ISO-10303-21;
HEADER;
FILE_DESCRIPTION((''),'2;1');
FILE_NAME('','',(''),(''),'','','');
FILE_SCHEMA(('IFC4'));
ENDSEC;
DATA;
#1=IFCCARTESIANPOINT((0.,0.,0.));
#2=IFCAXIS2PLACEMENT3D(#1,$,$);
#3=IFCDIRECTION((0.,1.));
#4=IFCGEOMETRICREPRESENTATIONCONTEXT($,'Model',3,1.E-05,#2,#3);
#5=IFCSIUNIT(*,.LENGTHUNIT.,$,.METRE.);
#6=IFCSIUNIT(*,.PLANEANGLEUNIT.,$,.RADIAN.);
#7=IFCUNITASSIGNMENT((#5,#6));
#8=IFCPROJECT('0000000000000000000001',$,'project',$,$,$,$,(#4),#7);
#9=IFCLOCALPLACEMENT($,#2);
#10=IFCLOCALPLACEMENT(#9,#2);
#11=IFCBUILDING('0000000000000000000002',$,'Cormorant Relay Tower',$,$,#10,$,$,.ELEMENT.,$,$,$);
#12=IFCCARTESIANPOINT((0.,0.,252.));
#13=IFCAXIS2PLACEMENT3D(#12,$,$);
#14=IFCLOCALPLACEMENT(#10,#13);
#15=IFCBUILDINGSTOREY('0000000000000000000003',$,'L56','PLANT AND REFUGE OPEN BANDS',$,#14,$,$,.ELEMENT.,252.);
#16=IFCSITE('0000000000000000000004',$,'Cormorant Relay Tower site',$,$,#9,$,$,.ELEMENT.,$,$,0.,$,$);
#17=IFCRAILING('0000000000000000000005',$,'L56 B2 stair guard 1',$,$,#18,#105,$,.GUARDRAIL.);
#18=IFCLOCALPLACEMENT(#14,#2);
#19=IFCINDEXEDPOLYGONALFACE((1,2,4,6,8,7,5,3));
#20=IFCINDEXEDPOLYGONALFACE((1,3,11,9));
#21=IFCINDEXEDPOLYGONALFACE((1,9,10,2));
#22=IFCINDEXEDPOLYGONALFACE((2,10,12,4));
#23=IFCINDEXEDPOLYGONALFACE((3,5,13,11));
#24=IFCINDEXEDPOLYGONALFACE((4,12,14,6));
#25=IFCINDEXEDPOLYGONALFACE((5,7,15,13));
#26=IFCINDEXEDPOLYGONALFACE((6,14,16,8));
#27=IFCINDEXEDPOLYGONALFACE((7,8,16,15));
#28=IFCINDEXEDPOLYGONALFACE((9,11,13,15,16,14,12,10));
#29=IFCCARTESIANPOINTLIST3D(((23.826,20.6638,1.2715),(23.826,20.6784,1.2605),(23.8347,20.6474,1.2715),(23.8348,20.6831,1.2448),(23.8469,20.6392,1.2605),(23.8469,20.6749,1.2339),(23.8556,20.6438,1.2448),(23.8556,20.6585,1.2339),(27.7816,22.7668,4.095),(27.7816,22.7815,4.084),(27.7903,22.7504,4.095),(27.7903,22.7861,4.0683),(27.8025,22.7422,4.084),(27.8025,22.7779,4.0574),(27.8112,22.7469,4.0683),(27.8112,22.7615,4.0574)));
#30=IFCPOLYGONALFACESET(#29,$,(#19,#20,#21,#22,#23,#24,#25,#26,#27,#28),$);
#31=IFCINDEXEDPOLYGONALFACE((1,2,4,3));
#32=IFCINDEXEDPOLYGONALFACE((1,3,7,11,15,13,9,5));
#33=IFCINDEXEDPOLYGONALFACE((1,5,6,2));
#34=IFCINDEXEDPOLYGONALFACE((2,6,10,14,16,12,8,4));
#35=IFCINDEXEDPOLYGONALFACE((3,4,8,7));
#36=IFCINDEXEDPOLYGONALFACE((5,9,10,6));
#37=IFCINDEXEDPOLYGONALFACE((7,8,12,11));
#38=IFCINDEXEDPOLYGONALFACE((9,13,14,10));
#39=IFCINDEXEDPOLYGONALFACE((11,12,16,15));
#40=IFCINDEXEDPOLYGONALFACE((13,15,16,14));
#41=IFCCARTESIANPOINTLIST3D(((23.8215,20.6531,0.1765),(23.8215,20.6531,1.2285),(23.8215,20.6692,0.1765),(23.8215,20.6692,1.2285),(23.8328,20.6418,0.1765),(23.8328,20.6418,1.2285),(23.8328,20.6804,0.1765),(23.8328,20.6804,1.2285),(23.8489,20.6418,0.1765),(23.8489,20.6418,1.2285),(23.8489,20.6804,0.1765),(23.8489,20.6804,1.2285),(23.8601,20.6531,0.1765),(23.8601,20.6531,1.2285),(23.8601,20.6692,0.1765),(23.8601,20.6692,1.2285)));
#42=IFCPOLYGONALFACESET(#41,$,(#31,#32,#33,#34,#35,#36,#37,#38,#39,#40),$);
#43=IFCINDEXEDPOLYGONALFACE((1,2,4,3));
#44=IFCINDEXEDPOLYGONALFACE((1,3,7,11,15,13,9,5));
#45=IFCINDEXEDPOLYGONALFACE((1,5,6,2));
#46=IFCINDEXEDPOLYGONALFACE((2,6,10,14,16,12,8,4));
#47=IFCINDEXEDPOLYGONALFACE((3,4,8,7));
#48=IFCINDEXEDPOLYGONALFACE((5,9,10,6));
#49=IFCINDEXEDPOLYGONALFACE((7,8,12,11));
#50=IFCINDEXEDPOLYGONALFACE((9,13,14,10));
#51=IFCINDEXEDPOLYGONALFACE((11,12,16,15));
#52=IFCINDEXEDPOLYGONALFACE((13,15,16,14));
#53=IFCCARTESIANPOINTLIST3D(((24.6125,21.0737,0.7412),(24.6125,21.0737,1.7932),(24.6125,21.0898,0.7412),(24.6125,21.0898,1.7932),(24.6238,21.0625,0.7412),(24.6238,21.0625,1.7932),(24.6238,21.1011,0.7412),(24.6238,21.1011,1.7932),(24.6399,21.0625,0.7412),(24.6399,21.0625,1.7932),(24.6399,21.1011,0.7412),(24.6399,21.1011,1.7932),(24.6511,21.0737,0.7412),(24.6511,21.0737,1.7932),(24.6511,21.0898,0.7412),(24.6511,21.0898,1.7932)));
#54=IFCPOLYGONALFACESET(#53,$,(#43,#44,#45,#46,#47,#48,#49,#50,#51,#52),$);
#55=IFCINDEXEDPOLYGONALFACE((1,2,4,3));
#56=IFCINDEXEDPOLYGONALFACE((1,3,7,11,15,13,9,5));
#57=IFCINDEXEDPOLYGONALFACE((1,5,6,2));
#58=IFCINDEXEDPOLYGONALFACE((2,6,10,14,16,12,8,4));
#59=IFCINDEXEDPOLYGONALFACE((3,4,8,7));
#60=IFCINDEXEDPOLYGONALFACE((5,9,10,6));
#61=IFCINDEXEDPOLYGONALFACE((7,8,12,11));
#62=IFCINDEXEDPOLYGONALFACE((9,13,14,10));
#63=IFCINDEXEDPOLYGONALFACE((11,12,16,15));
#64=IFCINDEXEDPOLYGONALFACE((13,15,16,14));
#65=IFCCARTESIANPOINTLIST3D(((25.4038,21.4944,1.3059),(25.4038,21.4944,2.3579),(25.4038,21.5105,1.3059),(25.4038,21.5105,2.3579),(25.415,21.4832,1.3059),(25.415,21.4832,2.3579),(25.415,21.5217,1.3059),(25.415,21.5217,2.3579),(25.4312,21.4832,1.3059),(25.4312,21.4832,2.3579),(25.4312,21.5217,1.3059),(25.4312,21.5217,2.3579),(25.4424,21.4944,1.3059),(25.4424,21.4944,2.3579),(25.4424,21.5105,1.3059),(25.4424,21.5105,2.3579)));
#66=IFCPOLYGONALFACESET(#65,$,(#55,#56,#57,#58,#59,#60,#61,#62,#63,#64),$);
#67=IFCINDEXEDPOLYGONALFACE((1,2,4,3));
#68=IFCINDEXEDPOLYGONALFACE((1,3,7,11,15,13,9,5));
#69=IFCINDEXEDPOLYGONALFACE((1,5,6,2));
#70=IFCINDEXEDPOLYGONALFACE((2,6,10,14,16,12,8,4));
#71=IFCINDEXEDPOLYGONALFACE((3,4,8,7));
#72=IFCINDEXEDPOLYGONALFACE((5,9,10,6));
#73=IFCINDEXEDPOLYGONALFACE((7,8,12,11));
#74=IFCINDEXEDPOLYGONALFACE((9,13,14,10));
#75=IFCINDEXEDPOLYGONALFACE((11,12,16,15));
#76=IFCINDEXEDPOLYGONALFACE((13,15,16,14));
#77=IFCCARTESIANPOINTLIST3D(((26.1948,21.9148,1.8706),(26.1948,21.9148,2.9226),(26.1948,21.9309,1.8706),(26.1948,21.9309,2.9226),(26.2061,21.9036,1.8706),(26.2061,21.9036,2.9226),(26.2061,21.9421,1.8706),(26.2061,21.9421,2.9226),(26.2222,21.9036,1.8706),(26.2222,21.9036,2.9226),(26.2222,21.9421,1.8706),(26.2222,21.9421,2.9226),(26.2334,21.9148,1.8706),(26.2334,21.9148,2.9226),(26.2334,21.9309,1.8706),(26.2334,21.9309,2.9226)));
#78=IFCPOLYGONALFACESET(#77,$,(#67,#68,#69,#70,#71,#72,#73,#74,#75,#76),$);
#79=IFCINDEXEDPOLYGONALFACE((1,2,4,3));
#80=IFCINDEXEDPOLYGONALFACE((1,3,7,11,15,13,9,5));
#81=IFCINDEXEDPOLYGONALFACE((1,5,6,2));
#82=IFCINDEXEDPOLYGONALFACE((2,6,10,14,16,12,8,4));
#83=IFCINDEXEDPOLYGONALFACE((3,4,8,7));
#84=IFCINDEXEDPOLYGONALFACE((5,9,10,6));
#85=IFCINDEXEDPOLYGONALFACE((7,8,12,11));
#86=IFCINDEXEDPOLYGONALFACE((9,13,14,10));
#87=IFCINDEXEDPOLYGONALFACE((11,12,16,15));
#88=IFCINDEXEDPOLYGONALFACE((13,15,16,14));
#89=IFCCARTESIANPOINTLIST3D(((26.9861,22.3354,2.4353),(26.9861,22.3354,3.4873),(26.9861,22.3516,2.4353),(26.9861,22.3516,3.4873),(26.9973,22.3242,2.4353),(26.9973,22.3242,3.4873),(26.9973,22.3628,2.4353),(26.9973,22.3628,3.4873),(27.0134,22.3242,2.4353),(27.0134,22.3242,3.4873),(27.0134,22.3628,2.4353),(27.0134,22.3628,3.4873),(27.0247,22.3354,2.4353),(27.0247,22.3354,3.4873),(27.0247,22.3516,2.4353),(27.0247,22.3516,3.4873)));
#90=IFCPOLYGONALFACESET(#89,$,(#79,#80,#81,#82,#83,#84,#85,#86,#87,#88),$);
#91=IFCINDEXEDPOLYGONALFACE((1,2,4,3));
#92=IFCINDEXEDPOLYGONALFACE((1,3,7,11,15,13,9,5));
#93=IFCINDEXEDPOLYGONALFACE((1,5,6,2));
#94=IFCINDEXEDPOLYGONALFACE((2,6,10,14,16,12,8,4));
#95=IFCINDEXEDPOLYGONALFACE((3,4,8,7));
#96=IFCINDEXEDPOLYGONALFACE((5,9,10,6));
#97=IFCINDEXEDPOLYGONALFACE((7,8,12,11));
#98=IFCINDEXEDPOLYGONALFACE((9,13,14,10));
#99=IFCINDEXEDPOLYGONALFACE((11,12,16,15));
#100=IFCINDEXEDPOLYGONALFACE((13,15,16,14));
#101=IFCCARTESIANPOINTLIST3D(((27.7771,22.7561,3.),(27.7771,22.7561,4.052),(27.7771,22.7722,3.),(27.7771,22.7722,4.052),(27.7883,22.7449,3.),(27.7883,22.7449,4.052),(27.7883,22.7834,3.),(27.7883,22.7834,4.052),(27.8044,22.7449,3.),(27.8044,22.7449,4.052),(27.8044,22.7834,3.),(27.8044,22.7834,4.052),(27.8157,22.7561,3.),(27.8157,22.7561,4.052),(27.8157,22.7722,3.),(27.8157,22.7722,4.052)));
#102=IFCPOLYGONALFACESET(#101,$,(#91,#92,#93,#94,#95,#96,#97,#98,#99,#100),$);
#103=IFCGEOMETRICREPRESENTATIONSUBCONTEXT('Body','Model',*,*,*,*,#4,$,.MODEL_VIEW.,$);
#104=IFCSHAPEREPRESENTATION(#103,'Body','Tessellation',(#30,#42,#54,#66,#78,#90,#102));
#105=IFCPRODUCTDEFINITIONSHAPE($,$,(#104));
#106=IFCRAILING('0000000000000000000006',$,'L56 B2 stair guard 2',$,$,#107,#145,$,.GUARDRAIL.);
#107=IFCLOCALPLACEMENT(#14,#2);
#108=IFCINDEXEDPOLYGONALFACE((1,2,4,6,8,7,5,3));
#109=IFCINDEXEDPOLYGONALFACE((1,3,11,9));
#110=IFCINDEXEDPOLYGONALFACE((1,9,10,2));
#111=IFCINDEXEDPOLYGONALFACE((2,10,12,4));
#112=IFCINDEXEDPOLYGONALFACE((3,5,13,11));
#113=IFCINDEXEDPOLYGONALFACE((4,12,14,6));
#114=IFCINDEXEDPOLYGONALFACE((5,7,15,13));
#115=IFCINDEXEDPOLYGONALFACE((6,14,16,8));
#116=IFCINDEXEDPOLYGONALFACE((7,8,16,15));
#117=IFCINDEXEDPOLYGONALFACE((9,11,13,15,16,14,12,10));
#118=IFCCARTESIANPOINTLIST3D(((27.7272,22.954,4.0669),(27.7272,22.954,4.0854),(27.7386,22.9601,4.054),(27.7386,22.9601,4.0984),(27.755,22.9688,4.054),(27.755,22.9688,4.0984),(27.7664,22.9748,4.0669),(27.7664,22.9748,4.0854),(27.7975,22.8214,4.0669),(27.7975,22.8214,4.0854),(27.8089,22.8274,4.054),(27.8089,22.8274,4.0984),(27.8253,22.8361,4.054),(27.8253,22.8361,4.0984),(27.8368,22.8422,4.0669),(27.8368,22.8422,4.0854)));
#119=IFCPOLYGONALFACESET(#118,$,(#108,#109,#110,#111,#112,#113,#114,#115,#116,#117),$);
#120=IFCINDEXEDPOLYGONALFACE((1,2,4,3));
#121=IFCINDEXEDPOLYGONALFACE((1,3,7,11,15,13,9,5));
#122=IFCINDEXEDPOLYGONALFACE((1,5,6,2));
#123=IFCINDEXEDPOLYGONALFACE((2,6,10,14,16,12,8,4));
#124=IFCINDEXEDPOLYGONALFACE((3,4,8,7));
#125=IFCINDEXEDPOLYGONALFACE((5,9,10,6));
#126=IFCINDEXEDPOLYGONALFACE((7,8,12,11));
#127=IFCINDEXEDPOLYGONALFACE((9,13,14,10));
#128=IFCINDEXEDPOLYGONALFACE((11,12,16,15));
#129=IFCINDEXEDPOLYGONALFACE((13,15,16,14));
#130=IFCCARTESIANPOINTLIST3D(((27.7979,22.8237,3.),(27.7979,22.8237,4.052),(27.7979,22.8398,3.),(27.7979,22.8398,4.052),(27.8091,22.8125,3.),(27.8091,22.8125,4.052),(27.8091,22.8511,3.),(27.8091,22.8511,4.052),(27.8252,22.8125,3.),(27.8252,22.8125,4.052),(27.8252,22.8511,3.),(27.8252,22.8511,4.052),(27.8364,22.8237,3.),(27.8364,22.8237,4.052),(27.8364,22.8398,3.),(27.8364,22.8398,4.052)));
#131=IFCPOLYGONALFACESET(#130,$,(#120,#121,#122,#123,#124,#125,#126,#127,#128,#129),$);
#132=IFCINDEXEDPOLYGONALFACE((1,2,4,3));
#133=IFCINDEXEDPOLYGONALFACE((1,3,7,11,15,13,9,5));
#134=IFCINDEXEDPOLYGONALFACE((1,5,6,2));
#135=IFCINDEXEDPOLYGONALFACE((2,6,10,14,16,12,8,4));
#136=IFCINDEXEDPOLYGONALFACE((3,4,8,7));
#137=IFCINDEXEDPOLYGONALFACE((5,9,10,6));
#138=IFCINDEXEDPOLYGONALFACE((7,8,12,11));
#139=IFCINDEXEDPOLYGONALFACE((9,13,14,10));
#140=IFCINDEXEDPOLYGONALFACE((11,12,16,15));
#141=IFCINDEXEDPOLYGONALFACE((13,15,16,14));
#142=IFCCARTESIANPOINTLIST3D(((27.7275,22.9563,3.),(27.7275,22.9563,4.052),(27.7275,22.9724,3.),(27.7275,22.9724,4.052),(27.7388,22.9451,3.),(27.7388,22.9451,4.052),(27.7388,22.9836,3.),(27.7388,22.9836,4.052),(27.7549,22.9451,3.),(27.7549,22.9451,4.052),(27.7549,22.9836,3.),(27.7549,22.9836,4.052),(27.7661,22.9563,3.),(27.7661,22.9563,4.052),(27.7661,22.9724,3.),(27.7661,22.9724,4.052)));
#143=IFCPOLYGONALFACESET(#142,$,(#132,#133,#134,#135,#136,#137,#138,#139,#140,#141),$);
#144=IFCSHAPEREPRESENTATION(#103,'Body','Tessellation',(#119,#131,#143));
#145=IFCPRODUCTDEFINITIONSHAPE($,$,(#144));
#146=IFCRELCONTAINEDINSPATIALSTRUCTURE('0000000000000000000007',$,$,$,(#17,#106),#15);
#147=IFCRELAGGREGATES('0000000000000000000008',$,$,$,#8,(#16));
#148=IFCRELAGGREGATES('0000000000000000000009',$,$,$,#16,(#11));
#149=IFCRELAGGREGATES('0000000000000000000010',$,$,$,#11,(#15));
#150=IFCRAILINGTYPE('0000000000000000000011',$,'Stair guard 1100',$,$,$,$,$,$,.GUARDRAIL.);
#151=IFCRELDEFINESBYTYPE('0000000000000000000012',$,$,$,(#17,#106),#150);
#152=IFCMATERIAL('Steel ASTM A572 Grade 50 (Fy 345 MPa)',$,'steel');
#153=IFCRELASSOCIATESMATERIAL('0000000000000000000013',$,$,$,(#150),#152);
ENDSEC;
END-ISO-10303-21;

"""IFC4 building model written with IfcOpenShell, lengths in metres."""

from ifc_helpers import new_model, si_unit, direction, frame, origin, place, context, subcontext, project, spatial, polyline, outline, extrude, material, type_object, element, save


model = new_model("IFC4")

# Units and contexts
model_context = context("Model", 3, precision=1e-05, world=origin(), true_north=direction((0.0, 1.0)))
body_context = subcontext(model_context, "Body", "Model", "MODEL_VIEW")
ifc_project = project(units=[si_unit("LENGTHUNIT", "METRE"), si_unit("PLANEANGLEUNIT", "RADIAN")], contexts=[model_context])

# Site, building, storey
site_placement = place(None, origin())
site = spatial("IfcSite", under=ifc_project, at=site_placement, Name="Cormorant Relay Tower site", CompositionType="ELEMENT", RefElevation=0.0)
building_placement = place(site_placement, origin())
building = spatial("IfcBuilding", under=site, at=building_placement, Name="Cormorant Relay Tower", CompositionType="ELEMENT")
storey_placement = place(building_placement, frame((0.0, 0.0, 252.0)))
storey = spatial("IfcBuildingStorey", under=building, at=storey_placement, Name="L56", Description="PLANT AND REFUGE OPEN BANDS", CompositionType="ELEMENT", Elevation=252.0)

# Railings
ifc_material_1 = material(Name="Steel ASTM A572 Grade 50 (Fy 345 MPa)", Category="steel")
railing_type_1 = type_object("IfcRailingType", Name="Stair guard 1100", PredefinedType="GUARDRAIL", material=ifc_material_1)
railing_1_placement = place(storey_placement, frame((23.8408, 20.6611, 0.1765)))
element("IfcRailing", 1, at=railing_1_placement, inside=storey, type_object=railing_type_1, Name="L56 B2 stair guard 1", PredefinedType="GUARDRAIL", context=body_context, shape_type="SweptSolid", body=[
    extrude(outline(polyline([(0.0222, 0.0093), (0.0093, 0.0222), (-0.0093, 0.0222), (-0.0222, 0.0093), (-0.0222, -0.0093), (-0.0093, -0.0222), (0.0093, -0.0222), (0.0222, -0.0093), (0.0222, 0.0093)])), frame((0.0, 0.0, 1.0762), z_axis=(0.746981, 0.397142, 0.533196), x_axis=(-0.469439, 0.882965, 0.0)), (0.0, 0.0, 1.0), 5.2954),
    extrude(outline(polyline([(0.0193, 0.0081), (0.0081, 0.0193), (-0.0081, 0.0193), (-0.0193, 0.0081), (-0.0193, -0.0081), (-0.0081, -0.0193), (0.0081, -0.0193), (0.0193, -0.0081), (0.0193, 0.0081)])), origin(), (0.0, 0.0, 1.0), 1.052),
    extrude(outline(polyline([(0.0193, 0.0081), (0.0081, 0.0193), (-0.0081, 0.0193), (-0.0193, 0.0081), (-0.0193, -0.0081), (-0.0081, -0.0193), (0.0081, -0.0193), (0.0193, -0.0081), (0.0193, 0.0081)])), frame((0.791, 0.4207, 0.5647)), (0.0, 0.0, 1.0), 1.052),
    extrude(outline(polyline([(0.0193, 0.0081), (0.0081, 0.0193), (-0.0081, 0.0193), (-0.0193, 0.0081), (-0.0193, -0.0081), (-0.0081, -0.0193), (0.0081, -0.0193), (0.0193, -0.0081), (0.0193, 0.0081)])), frame((1.5823, 0.8413, 1.1294)), (0.0, 0.0, 1.0), 1.052),
    extrude(outline(polyline([(0.0193, 0.0081), (0.0081, 0.0193), (-0.0081, 0.0193), (-0.0193, 0.0081), (-0.0193, -0.0081), (-0.0081, -0.0193), (0.0081, -0.0193), (0.0193, -0.0081), (0.0193, 0.0081)])), frame((2.3733, 1.2617, 1.6941)), (0.0, 0.0, 1.0), 1.052),
    extrude(outline(polyline([(0.0193, 0.0081), (0.0081, 0.0193), (-0.0081, 0.0193), (-0.0193, 0.0081), (-0.0193, -0.0081), (-0.0081, -0.0193), (0.0081, -0.0193), (0.0193, -0.0081), (0.0193, 0.0081)])), frame((3.1646, 1.6824, 2.2588)), (0.0, 0.0, 1.0), 1.052),
    extrude(outline(polyline([(0.0193, 0.0081), (0.0081, 0.0193), (-0.0081, 0.0193), (-0.0193, 0.0081), (-0.0193, -0.0081), (-0.0081, -0.0193), (0.0081, -0.0193), (0.0193, -0.0081), (0.0193, 0.0081)])), frame((3.9556, 2.103, 2.8235)), (0.0, 0.0, 1.0), 1.052),
])
railing_2_placement = place(storey_placement, frame((27.8171, 22.8318, 3.0)))
element("IfcRailing", 2, at=railing_2_placement, inside=storey, type_object=railing_type_1, Name="L56 B2 stair guard 2", PredefinedType="GUARDRAIL", context=body_context, shape_type="SweptSolid", body=[
    extrude(outline(polyline([(0.0222, 0.0093), (0.0093, 0.0222), (-0.0093, 0.0222), (-0.0222, 0.0093), (-0.0222, -0.0093), (-0.0093, -0.0222), (0.0093, -0.0222), (0.0222, -0.0093), (0.0222, 0.0093)])), frame((0.0, 0.0, 1.0762), z_axis=(-0.46856, 0.883431, 0.0), x_axis=(-0.883431, -0.46856, 0.0)), (0.0, 0.0, 1.0), 0.1501),
    extrude(outline(polyline([(0.0193, 0.0081), (0.0081, 0.0193), (-0.0081, 0.0193), (-0.0193, 0.0081), (-0.0193, -0.0081), (-0.0081, -0.0193), (0.0081, -0.0193), (0.0193, -0.0081), (0.0193, 0.0081)])), origin(), (0.0, 0.0, 1.0), 1.052),
    extrude(outline(polyline([(0.0193, 0.0081), (0.0081, 0.0193), (-0.0081, 0.0193), (-0.0193, 0.0081), (-0.0193, -0.0081), (-0.0081, -0.0193), (0.0081, -0.0193), (0.0193, -0.0081), (0.0193, 0.0081)])), frame((-0.0703, 0.1326, 0.0)), (0.0, 0.0, 1.0), 1.052),
])

save(model, "model.ifc")
